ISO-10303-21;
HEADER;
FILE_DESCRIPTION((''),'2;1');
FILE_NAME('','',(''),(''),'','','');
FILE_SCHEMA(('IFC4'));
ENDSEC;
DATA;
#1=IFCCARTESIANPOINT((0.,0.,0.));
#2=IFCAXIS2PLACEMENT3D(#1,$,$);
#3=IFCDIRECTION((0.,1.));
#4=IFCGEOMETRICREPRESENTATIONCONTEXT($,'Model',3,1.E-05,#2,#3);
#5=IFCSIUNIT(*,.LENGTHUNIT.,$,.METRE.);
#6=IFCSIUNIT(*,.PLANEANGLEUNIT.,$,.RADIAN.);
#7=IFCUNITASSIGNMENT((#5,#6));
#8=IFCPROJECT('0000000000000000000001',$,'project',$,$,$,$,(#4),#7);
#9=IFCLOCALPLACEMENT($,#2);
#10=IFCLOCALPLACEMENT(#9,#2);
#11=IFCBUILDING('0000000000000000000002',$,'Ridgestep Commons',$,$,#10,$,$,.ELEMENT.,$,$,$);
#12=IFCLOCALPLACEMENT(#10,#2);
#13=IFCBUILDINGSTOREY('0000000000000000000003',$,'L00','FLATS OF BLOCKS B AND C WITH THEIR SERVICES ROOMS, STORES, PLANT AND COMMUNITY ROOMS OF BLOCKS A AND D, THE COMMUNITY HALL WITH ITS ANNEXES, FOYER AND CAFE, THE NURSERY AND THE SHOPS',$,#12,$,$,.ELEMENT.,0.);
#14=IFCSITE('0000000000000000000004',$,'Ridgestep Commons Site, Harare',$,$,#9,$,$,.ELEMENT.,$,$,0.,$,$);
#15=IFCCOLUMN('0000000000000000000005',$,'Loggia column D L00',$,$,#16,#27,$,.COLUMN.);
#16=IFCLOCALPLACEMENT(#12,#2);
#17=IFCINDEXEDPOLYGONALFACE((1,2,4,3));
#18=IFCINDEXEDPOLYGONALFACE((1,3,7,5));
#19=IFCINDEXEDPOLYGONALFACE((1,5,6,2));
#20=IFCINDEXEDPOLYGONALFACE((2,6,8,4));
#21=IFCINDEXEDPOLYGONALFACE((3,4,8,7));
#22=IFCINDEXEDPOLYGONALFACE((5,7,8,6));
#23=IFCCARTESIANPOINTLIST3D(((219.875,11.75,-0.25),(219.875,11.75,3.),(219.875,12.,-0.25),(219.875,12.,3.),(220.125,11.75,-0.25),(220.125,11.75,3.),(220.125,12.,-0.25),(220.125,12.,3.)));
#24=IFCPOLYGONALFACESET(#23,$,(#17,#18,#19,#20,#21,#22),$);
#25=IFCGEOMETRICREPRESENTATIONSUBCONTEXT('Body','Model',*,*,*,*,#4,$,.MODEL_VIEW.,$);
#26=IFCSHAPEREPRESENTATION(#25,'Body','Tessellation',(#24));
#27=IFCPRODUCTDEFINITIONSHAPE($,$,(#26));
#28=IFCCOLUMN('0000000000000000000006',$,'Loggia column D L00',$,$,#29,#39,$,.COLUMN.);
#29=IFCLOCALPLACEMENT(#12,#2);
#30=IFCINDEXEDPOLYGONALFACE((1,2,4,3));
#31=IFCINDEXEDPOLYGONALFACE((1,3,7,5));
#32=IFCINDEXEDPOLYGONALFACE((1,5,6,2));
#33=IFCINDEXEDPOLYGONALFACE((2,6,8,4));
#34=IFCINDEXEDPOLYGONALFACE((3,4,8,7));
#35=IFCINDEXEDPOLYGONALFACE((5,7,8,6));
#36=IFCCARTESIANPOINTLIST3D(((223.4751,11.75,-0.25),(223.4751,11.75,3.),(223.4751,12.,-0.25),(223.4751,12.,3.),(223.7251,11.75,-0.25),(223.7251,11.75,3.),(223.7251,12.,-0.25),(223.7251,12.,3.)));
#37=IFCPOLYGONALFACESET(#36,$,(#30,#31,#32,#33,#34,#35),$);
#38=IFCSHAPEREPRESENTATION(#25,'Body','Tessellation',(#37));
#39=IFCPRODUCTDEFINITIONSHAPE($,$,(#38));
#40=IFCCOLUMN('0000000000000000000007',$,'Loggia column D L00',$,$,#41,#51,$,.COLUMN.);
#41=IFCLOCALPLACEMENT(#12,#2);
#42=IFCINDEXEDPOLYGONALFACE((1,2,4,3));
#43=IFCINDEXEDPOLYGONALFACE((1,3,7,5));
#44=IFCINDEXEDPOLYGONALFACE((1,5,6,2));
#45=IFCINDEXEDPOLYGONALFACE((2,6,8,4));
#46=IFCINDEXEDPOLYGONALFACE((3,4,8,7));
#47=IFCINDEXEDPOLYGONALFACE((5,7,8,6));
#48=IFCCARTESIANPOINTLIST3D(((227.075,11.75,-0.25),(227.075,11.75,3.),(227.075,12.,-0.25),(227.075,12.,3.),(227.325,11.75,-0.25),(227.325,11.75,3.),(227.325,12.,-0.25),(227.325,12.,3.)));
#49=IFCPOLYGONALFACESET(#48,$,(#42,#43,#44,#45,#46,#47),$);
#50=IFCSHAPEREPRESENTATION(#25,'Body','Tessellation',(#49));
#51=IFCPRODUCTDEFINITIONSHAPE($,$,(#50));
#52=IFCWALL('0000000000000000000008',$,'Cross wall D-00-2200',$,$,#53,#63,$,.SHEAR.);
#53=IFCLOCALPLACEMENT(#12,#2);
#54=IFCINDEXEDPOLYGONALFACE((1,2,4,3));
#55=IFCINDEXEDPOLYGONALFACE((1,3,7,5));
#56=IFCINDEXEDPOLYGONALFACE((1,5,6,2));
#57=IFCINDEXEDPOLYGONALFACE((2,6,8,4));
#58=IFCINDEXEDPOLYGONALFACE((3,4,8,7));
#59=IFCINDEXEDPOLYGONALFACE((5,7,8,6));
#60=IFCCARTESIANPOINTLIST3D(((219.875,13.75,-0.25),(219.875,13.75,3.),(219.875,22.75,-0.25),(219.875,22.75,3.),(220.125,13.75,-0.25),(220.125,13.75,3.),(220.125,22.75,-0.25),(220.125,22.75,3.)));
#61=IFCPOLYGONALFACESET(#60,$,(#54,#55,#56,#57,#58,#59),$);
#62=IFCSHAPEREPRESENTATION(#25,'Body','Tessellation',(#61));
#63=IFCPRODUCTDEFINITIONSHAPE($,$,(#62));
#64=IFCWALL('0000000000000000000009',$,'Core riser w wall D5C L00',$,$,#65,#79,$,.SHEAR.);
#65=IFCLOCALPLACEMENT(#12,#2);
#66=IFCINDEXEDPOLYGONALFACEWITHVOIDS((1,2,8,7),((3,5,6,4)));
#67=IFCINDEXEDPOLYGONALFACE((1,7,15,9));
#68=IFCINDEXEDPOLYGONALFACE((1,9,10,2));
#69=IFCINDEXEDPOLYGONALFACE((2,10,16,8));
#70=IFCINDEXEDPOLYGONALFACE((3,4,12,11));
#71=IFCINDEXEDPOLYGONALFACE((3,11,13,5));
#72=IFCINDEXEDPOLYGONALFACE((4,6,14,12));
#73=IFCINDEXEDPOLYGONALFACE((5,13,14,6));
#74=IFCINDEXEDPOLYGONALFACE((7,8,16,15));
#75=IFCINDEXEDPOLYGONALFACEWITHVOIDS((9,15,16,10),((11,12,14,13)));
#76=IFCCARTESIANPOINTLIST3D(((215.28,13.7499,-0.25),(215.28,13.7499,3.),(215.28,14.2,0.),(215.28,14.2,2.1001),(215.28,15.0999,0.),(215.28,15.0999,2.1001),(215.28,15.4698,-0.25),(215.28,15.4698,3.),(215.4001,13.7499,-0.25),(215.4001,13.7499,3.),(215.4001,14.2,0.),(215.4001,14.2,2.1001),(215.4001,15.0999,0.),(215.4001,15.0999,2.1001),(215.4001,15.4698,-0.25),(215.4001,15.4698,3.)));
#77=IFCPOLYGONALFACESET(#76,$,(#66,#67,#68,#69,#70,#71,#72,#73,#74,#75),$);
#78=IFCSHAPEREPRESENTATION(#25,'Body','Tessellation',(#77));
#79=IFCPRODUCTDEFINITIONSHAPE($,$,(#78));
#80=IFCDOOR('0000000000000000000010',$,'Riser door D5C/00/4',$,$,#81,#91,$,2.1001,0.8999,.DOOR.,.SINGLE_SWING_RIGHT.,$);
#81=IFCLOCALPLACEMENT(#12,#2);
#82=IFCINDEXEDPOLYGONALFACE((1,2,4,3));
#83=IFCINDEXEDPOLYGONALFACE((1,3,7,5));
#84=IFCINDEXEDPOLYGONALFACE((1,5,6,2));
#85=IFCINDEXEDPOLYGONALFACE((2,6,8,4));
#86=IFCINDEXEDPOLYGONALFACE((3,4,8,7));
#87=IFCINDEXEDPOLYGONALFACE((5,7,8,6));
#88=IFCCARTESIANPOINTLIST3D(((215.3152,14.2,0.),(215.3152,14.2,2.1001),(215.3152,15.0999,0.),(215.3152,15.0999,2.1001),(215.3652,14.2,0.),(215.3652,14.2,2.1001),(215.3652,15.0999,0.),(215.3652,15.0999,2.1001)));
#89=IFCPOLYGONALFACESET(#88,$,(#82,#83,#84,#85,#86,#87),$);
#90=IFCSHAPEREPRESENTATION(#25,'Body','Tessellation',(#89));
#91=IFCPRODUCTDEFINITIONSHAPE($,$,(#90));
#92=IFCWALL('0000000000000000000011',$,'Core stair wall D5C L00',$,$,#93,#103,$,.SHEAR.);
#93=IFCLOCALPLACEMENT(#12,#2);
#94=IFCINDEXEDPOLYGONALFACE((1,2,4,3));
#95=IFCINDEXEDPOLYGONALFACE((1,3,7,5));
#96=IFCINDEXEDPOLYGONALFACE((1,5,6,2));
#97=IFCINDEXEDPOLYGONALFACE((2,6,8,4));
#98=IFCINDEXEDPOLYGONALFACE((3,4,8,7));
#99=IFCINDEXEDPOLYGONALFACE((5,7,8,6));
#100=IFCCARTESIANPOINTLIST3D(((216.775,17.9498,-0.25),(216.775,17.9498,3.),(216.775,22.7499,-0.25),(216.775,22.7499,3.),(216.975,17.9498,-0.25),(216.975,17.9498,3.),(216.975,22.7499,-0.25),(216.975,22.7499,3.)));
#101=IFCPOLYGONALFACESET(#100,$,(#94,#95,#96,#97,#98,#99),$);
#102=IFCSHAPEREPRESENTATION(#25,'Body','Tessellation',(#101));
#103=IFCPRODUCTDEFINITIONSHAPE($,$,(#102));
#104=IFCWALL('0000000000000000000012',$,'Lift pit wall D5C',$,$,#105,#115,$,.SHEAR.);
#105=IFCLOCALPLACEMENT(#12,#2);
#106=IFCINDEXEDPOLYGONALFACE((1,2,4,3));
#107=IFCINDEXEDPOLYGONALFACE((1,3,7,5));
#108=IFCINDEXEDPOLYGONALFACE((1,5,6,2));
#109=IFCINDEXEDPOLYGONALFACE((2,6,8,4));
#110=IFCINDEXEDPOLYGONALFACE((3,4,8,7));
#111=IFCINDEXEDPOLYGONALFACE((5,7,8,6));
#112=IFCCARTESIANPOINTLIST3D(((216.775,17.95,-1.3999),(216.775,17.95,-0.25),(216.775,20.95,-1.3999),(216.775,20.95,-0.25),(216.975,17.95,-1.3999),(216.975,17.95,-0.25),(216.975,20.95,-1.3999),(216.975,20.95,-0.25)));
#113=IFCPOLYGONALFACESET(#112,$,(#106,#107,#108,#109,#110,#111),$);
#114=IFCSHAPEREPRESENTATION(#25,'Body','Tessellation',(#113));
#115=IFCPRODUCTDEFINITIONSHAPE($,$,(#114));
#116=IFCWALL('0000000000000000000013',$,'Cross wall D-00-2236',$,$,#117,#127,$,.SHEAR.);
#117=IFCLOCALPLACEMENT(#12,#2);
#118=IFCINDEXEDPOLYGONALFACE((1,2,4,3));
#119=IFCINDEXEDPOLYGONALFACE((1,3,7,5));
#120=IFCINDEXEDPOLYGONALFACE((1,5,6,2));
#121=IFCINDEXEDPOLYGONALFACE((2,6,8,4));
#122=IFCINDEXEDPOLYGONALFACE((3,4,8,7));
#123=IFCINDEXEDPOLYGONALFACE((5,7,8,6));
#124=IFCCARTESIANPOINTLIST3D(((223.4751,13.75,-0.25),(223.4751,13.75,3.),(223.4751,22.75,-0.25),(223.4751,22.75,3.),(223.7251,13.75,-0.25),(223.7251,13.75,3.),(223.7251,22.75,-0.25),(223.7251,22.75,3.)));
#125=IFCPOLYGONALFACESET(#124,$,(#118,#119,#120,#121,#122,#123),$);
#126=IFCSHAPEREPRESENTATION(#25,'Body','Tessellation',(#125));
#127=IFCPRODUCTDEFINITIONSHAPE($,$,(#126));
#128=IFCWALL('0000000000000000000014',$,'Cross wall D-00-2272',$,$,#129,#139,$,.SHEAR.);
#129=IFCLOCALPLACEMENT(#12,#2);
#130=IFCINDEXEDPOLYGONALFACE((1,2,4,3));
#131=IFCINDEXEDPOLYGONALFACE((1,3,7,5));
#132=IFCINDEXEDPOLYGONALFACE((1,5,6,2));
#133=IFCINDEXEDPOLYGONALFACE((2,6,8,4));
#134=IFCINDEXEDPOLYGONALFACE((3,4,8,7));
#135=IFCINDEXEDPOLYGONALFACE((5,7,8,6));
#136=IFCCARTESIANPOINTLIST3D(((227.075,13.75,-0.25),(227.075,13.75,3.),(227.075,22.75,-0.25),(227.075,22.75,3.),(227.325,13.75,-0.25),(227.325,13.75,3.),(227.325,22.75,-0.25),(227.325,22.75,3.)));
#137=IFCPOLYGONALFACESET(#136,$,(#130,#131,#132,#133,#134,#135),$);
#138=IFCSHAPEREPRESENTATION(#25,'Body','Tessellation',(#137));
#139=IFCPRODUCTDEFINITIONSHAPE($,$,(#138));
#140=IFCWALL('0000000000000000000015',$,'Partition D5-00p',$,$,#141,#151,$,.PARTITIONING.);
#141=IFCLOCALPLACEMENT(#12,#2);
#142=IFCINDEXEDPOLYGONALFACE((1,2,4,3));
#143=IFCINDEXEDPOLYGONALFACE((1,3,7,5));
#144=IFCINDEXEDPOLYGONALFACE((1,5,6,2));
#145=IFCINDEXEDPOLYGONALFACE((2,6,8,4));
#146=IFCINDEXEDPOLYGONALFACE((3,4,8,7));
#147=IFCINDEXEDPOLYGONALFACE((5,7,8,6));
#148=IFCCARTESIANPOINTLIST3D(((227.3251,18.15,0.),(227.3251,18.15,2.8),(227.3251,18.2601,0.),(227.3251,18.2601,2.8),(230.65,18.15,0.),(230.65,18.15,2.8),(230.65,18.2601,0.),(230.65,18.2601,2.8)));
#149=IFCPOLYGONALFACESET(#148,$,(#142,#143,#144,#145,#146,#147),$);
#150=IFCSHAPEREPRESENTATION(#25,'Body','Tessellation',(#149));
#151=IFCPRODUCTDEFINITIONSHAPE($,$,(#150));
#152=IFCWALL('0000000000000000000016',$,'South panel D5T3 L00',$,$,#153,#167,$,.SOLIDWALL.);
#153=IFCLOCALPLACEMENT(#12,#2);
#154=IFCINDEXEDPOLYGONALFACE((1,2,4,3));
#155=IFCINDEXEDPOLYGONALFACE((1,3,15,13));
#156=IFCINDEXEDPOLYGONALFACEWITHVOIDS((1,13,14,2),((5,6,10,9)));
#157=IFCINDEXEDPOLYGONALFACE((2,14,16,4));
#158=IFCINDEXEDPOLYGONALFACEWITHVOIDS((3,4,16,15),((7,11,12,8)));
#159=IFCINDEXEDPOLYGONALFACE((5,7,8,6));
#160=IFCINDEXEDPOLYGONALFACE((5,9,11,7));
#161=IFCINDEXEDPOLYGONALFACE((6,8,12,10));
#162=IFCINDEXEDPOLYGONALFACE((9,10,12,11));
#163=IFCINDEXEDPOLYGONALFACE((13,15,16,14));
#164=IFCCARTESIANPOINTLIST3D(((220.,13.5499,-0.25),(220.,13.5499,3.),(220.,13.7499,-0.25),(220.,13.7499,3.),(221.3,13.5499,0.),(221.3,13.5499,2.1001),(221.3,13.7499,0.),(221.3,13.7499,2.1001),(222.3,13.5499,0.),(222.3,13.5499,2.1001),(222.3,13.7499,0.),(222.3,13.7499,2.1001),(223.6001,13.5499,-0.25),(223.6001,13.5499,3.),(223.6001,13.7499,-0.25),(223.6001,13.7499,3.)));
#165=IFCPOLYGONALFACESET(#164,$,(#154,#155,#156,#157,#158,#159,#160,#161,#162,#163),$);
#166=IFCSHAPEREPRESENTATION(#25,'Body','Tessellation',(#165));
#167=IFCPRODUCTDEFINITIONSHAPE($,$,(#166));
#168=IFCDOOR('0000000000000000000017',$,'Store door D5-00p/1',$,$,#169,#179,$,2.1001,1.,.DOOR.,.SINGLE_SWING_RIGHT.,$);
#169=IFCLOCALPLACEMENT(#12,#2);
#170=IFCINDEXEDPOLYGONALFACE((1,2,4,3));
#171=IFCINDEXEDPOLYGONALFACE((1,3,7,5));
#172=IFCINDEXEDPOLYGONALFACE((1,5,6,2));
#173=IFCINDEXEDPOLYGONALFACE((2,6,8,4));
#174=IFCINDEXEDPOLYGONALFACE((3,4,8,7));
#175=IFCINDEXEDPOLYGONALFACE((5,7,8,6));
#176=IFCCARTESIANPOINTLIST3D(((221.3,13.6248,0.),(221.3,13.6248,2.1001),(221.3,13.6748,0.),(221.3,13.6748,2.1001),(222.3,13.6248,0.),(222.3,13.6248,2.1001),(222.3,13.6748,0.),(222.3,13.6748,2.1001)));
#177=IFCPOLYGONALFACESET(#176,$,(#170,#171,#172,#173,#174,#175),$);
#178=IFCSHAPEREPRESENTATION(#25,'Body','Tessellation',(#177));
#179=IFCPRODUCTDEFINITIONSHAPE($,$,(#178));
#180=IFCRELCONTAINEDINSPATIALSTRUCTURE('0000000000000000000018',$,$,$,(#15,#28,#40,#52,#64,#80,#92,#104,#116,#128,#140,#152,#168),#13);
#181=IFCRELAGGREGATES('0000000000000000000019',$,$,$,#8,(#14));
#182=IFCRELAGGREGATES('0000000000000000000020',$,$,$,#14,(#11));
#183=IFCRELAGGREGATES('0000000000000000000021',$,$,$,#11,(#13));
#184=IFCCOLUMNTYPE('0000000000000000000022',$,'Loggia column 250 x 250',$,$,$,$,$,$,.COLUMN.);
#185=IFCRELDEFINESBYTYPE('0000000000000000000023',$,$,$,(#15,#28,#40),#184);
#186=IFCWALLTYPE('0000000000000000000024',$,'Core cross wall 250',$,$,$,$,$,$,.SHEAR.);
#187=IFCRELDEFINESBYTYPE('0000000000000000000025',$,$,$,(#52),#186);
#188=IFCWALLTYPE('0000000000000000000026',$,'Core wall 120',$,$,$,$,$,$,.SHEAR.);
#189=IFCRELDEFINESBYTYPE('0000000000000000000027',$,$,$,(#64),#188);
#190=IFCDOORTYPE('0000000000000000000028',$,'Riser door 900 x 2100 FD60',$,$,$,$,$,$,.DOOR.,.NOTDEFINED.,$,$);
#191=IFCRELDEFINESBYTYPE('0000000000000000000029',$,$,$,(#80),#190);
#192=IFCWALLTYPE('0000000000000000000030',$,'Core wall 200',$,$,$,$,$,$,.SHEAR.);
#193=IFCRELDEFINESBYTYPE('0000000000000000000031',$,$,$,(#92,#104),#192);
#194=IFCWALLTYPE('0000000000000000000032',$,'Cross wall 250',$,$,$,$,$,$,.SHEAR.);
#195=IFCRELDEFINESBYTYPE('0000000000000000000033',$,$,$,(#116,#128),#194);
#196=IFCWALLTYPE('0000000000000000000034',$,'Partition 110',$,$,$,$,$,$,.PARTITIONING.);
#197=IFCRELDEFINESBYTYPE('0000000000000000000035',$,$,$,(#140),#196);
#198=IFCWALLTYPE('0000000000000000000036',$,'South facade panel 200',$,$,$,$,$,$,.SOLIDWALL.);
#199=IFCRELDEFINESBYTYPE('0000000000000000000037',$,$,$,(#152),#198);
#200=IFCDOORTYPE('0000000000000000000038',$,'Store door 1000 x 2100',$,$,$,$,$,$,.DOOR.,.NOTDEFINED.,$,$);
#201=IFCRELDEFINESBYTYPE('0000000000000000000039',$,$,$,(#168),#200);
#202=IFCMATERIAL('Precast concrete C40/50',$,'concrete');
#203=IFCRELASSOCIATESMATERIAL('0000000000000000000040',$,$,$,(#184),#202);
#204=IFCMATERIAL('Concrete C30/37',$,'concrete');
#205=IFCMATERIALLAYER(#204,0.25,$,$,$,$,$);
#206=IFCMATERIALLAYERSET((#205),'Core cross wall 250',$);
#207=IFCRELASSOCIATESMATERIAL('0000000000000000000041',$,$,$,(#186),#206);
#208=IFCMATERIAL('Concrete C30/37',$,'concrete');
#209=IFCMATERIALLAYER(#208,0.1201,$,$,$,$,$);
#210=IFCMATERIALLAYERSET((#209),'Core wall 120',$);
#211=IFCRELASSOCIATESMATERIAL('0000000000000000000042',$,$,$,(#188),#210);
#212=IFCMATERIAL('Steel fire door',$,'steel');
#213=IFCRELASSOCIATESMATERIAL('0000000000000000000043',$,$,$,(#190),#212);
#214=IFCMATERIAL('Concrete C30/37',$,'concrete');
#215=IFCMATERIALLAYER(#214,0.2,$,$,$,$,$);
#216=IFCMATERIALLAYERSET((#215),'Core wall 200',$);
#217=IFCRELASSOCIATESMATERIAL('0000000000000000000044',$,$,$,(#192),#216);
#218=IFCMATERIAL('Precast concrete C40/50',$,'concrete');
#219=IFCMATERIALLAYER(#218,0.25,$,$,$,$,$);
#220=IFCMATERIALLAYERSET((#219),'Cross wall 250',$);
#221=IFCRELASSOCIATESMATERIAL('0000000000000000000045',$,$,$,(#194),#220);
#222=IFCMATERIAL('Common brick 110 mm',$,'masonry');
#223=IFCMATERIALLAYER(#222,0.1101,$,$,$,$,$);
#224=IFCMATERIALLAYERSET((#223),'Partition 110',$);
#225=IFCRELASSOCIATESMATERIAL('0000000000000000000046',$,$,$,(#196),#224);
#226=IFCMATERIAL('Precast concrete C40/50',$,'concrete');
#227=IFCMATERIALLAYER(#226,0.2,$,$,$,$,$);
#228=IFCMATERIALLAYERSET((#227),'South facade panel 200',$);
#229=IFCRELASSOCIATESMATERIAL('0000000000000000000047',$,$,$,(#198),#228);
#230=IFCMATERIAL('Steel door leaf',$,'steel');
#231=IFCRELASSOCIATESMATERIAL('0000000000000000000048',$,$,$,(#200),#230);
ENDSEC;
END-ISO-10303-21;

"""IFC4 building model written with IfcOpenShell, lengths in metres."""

from ifc_helpers import new_model, si_unit, direction, frame, frame_2d, origin, origin_2d, place, context, subcontext, project, spatial, rectangle, extrude, material, layer, layer_set, material_profile, profile_set, type_object, element, fill, save


model = new_model("IFC4")

# Units and contexts
model_context = context("Model", 3, precision=1e-05, world=origin(), true_north=direction((0.0, 1.0)))
body_context = subcontext(model_context, "Body", "Model", "MODEL_VIEW")
ifc_project = project(units=[si_unit("LENGTHUNIT", "METRE"), si_unit("PLANEANGLEUNIT", "RADIAN")], contexts=[model_context])

# Site, building, storey
site_placement = place(None, origin())
site = spatial("IfcSite", under=ifc_project, at=site_placement, Name="Ridgestep Commons Site, Harare", CompositionType="ELEMENT", RefElevation=0.0)
building_placement = place(site_placement, origin())
building = spatial("IfcBuilding", under=site, at=building_placement, Name="Ridgestep Commons", CompositionType="ELEMENT")
storey_placement = place(building_placement, origin())
storey = spatial("IfcBuildingStorey", under=building, at=storey_placement, Name="L00", Description="FLATS OF BLOCKS B AND C WITH THEIR SERVICES ROOMS, STORES, PLANT AND COMMUNITY ROOMS OF BLOCKS A AND D, THE COMMUNITY HALL WITH ITS ANNEXES, FOYER AND CAFE, THE NURSERY AND THE SHOPS", CompositionType="ELEMENT", Elevation=0.0)

# Columns
ifc_material_1 = material(Name="Precast concrete C40/50", Category="concrete")
ifc_material_profile = material_profile(ifc_material_1, rectangle(XDim=0.25, YDim=0.25, at=origin_2d()), Name="PC 250x250")
ifc_profile_set = profile_set([ifc_material_profile], Name="Precast concrete C40/50")
column_type = type_object("IfcColumnType", Name="Loggia column 250 x 250", PredefinedType="COLUMN", material=ifc_profile_set)
for number, where, z_axis, x_axis, name in (
    (1, (220.0, 11.875, -0.25), (0.0, 0.0, 1.0), (1.0, 0.0, 0.0), "Loggia column D L00"),
    (2, (223.6001, 11.875, -0.25), (0.0, 0.0, 1.0), (1.0, 0.0, 0.0), "Loggia column D L00"),
    (3, (227.2, 11.875, -0.25), (0.0, 0.0, 1.0), (1.0, 0.0, 0.0), "Loggia column D L00"),
):
    element("IfcColumn", number, at=place(storey_placement, frame(where, z_axis=z_axis, x_axis=x_axis)), inside=storey, type_object=column_type, Name=name, PredefinedType="COLUMN", context=body_context, shape_type="SweptSolid", body=[
        extrude(rectangle(XDim=0.25, YDim=0.25, at=origin_2d()), origin(), (0.0, 0.0, 1.0), 3.25),
    ])

# Wall
ifc_material_2 = material(Name="Concrete C30/37", Category="concrete")
ifc_layer_1 = layer(ifc_material_2, 0.25)
ifc_layer_set_1 = layer_set([ifc_layer_1], Name="Core cross wall 250")
wall_type_1 = type_object("IfcWallType", Name="Core cross wall 250", PredefinedType="SHEAR", material=ifc_layer_set_1)
wall_1_placement = place(storey_placement, frame((220.0, 13.75, -0.25), z_axis=(0.0, 0.0, 1.0), x_axis=(0.0, 1.0, 0.0)))
element("IfcWall", 4, at=wall_1_placement, inside=storey, type_object=wall_type_1, Name="Cross wall D-00-2200", PredefinedType="SHEAR", context=body_context, shape_type="SweptSolid", body=[
    extrude(rectangle(XDim=9.0, YDim=0.25, at=frame_2d((4.5, 0.0))), origin(), (0.0, 0.0, 1.0), 3.25),
])

# Wall, opening, door
ifc_material_3 = material(Name="Concrete C30/37", Category="concrete")
ifc_layer_2 = layer(ifc_material_3, 0.1201)
ifc_layer_set_2 = layer_set([ifc_layer_2], Name="Core wall 120")
wall_type_2 = type_object("IfcWallType", Name="Core wall 120", PredefinedType="SHEAR", material=ifc_layer_set_2)
wall_2_placement = place(storey_placement, frame((215.3401, 13.75, -0.25), z_axis=(0.0, 0.0, 1.0), x_axis=(0.0, 1.0, 0.0)))
wall_2 = element("IfcWall", 5, at=wall_2_placement, inside=storey, type_object=wall_type_2, Name="Core riser w wall D5C L00", PredefinedType="SHEAR", context=body_context, shape_type="SweptSolid", body=[
    extrude(rectangle(XDim=1.72, YDim=0.1201, at=frame_2d((0.8599, 0.0))), origin(), (0.0, 0.0, 1.0), 3.25),
])
opening_1_placement = place(wall_2_placement, frame((0.45, 0.0, 0.25)))
opening_1 = element("IfcOpeningElement", 6, at=opening_1_placement, cuts=wall_2, PredefinedType="OPENING", context=body_context, shape_type="SweptSolid", body=[
    extrude(rectangle(XDim=0.8999, YDim=2.1001, at=frame_2d((0.45, 1.05))), frame((0.0, 0.0701, 0.0), z_axis=(0.0, -1.0, 0.0), x_axis=(1.0, 0.0, 0.0)), (0.0, 0.0, 1.0), 0.1401),
])
ifc_material_4 = material(Name="Steel fire door", Category="steel")
door_type_1 = type_object("IfcDoorType", Name="Riser door 900 x 2100 FD60", OperationType="NOTDEFINED", PredefinedType="DOOR", material=ifc_material_4)
door_1_placement = place(opening_1_placement, origin())
door_1 = element("IfcDoor", 7, at=door_1_placement, inside=storey, type_object=door_type_1, Name="Riser door D5C/00/4", OperationType="SINGLE_SWING_RIGHT", OverallHeight=2.1001, OverallWidth=0.8999, PredefinedType="DOOR", context=body_context, shape_type="SweptSolid", body=[
    extrude(rectangle(XDim=0.8999, YDim=2.1001, at=frame_2d((0.45, 1.05))), frame((0.0, 0.0249, 0.0), z_axis=(0.0, -1.0, 0.0), x_axis=(1.0, 0.0, 0.0)), (0.0, 0.0, 1.0), 0.05),
])
fill(opening_1, door_1)

# Walls
ifc_material_5 = material(Name="Concrete C30/37", Category="concrete")
ifc_layer_3 = layer(ifc_material_5, 0.2)
ifc_layer_set_3 = layer_set([ifc_layer_3], Name="Core wall 200")
wall_type_3 = type_object("IfcWallType", Name="Core wall 200", PredefinedType="SHEAR", material=ifc_layer_set_3)
wall_3_placement = place(storey_placement, frame((216.875, 17.95, -0.25), z_axis=(0.0, 0.0, 1.0), x_axis=(0.0, 1.0, 0.0)))
element("IfcWall", 8, at=wall_3_placement, inside=storey, type_object=wall_type_3, Name="Core stair wall D5C L00", PredefinedType="SHEAR", context=body_context, shape_type="SweptSolid", body=[
    extrude(rectangle(XDim=4.8, YDim=0.2, at=frame_2d((2.3999, 0.0))), origin(), (0.0, 0.0, 1.0), 3.25),
])
wall_4_placement = place(storey_placement, frame((216.875, 17.95, -1.3999), z_axis=(0.0, 0.0, 1.0), x_axis=(0.0, 1.0, 0.0)))
element("IfcWall", 9, at=wall_4_placement, inside=storey, type_object=wall_type_3, Name="Lift pit wall D5C", PredefinedType="SHEAR", context=body_context, shape_type="SweptSolid", body=[
    extrude(rectangle(XDim=3.0, YDim=0.2, at=frame_2d((1.5, 0.0))), origin(), (0.0, 0.0, 1.0), 1.1499),
])
ifc_material_6 = material(Name="Precast concrete C40/50", Category="concrete")
ifc_layer_4 = layer(ifc_material_6, 0.25)
ifc_layer_set_4 = layer_set([ifc_layer_4], Name="Cross wall 250")
wall_type_4 = type_object("IfcWallType", Name="Cross wall 250", PredefinedType="SHEAR", material=ifc_layer_set_4)
for number, where, z_axis, x_axis, name in (
    (10, (223.6001, 13.75, -0.25), (0.0, 0.0, 1.0), (0.0, 1.0, 0.0), "Cross wall D-00-2236"),
    (11, (227.2, 13.75, -0.25), (0.0, 0.0, 1.0), (0.0, 1.0, 0.0), "Cross wall D-00-2272"),
):
    element("IfcWall", number, at=place(storey_placement, frame(where, z_axis=z_axis, x_axis=x_axis)), inside=storey, type_object=wall_type_4, Name=name, PredefinedType="SHEAR", context=body_context, shape_type="SweptSolid", body=[
        extrude(rectangle(XDim=9.0, YDim=0.25, at=frame_2d((4.5, 0.0))), origin(), (0.0, 0.0, 1.0), 3.25),
    ])
ifc_material_7 = material(Name="Common brick 110 mm", Category="masonry")
ifc_layer_5 = layer(ifc_material_7, 0.1101)
ifc_layer_set_5 = layer_set([ifc_layer_5], Name="Partition 110")
wall_type_5 = type_object("IfcWallType", Name="Partition 110", PredefinedType="PARTITIONING", material=ifc_layer_set_5)
wall_5_placement = place(storey_placement, frame((227.325, 18.2051, 0.0), z_axis=(0.0, 0.0, 1.0), x_axis=(1.0, 0.0, 0.0)))
element("IfcWall", 12, at=wall_5_placement, inside=storey, type_object=wall_type_5, Name="Partition D5-00p", PredefinedType="PARTITIONING", context=body_context, shape_type="SweptSolid", body=[
    extrude(rectangle(XDim=3.325, YDim=0.1101, at=frame_2d((1.6626, 0.0))), origin(), (0.0, 0.0, 1.0), 2.8),
])

# Wall, opening, door
ifc_material_8 = material(Name="Precast concrete C40/50", Category="concrete")
ifc_layer_6 = layer(ifc_material_8, 0.2)
ifc_layer_set_6 = layer_set([ifc_layer_6], Name="South facade panel 200")
wall_type_6 = type_object("IfcWallType", Name="South facade panel 200", PredefinedType="SOLIDWALL", material=ifc_layer_set_6)
wall_6_placement = place(storey_placement, frame((220.0, 13.6499, -0.25), z_axis=(0.0, 0.0, 1.0), x_axis=(1.0, 0.0, 0.0)))
wall_6 = element("IfcWall", 13, at=wall_6_placement, inside=storey, type_object=wall_type_6, Name="South panel D5T3 L00", PredefinedType="SOLIDWALL", context=body_context, shape_type="SweptSolid", body=[
    extrude(rectangle(XDim=3.6001, YDim=0.2, at=frame_2d((1.8, 0.0))), origin(), (0.0, 0.0, 1.0), 3.25),
])
opening_2_placement = place(wall_6_placement, frame((1.3, 0.0, 0.25)))
opening_2 = element("IfcOpeningElement", 14, at=opening_2_placement, cuts=wall_6, PredefinedType="OPENING", context=body_context, shape_type="SweptSolid", body=[
    extrude(rectangle(XDim=1.0, YDim=2.1001, at=frame_2d((0.5, 1.05))), frame((0.0, 0.1099, 0.0), z_axis=(0.0, -1.0, 0.0), x_axis=(1.0, 0.0, 0.0)), (0.0, 0.0, 1.0), 0.22),
])
ifc_material_9 = material(Name="Steel door leaf", Category="steel")
door_type_2 = type_object("IfcDoorType", Name="Store door 1000 x 2100", OperationType="NOTDEFINED", PredefinedType="DOOR", material=ifc_material_9)
door_2_placement = place(opening_2_placement, origin())
door_2 = element("IfcDoor", 15, at=door_2_placement, inside=storey, type_object=door_type_2, Name="Store door D5-00p/1", OperationType="SINGLE_SWING_RIGHT", OverallHeight=2.1001, OverallWidth=1.0, PredefinedType="DOOR", context=body_context, shape_type="SweptSolid", body=[
    extrude(rectangle(XDim=1.0, YDim=2.1001, at=frame_2d((0.5, 1.05))), frame((0.0, 0.0249, 0.0), z_axis=(0.0, -1.0, 0.0), x_axis=(1.0, 0.0, 0.0)), (0.0, 0.0, 1.0), 0.05),
])
fill(opening_2, door_2)

save(model, "model.ifc")
